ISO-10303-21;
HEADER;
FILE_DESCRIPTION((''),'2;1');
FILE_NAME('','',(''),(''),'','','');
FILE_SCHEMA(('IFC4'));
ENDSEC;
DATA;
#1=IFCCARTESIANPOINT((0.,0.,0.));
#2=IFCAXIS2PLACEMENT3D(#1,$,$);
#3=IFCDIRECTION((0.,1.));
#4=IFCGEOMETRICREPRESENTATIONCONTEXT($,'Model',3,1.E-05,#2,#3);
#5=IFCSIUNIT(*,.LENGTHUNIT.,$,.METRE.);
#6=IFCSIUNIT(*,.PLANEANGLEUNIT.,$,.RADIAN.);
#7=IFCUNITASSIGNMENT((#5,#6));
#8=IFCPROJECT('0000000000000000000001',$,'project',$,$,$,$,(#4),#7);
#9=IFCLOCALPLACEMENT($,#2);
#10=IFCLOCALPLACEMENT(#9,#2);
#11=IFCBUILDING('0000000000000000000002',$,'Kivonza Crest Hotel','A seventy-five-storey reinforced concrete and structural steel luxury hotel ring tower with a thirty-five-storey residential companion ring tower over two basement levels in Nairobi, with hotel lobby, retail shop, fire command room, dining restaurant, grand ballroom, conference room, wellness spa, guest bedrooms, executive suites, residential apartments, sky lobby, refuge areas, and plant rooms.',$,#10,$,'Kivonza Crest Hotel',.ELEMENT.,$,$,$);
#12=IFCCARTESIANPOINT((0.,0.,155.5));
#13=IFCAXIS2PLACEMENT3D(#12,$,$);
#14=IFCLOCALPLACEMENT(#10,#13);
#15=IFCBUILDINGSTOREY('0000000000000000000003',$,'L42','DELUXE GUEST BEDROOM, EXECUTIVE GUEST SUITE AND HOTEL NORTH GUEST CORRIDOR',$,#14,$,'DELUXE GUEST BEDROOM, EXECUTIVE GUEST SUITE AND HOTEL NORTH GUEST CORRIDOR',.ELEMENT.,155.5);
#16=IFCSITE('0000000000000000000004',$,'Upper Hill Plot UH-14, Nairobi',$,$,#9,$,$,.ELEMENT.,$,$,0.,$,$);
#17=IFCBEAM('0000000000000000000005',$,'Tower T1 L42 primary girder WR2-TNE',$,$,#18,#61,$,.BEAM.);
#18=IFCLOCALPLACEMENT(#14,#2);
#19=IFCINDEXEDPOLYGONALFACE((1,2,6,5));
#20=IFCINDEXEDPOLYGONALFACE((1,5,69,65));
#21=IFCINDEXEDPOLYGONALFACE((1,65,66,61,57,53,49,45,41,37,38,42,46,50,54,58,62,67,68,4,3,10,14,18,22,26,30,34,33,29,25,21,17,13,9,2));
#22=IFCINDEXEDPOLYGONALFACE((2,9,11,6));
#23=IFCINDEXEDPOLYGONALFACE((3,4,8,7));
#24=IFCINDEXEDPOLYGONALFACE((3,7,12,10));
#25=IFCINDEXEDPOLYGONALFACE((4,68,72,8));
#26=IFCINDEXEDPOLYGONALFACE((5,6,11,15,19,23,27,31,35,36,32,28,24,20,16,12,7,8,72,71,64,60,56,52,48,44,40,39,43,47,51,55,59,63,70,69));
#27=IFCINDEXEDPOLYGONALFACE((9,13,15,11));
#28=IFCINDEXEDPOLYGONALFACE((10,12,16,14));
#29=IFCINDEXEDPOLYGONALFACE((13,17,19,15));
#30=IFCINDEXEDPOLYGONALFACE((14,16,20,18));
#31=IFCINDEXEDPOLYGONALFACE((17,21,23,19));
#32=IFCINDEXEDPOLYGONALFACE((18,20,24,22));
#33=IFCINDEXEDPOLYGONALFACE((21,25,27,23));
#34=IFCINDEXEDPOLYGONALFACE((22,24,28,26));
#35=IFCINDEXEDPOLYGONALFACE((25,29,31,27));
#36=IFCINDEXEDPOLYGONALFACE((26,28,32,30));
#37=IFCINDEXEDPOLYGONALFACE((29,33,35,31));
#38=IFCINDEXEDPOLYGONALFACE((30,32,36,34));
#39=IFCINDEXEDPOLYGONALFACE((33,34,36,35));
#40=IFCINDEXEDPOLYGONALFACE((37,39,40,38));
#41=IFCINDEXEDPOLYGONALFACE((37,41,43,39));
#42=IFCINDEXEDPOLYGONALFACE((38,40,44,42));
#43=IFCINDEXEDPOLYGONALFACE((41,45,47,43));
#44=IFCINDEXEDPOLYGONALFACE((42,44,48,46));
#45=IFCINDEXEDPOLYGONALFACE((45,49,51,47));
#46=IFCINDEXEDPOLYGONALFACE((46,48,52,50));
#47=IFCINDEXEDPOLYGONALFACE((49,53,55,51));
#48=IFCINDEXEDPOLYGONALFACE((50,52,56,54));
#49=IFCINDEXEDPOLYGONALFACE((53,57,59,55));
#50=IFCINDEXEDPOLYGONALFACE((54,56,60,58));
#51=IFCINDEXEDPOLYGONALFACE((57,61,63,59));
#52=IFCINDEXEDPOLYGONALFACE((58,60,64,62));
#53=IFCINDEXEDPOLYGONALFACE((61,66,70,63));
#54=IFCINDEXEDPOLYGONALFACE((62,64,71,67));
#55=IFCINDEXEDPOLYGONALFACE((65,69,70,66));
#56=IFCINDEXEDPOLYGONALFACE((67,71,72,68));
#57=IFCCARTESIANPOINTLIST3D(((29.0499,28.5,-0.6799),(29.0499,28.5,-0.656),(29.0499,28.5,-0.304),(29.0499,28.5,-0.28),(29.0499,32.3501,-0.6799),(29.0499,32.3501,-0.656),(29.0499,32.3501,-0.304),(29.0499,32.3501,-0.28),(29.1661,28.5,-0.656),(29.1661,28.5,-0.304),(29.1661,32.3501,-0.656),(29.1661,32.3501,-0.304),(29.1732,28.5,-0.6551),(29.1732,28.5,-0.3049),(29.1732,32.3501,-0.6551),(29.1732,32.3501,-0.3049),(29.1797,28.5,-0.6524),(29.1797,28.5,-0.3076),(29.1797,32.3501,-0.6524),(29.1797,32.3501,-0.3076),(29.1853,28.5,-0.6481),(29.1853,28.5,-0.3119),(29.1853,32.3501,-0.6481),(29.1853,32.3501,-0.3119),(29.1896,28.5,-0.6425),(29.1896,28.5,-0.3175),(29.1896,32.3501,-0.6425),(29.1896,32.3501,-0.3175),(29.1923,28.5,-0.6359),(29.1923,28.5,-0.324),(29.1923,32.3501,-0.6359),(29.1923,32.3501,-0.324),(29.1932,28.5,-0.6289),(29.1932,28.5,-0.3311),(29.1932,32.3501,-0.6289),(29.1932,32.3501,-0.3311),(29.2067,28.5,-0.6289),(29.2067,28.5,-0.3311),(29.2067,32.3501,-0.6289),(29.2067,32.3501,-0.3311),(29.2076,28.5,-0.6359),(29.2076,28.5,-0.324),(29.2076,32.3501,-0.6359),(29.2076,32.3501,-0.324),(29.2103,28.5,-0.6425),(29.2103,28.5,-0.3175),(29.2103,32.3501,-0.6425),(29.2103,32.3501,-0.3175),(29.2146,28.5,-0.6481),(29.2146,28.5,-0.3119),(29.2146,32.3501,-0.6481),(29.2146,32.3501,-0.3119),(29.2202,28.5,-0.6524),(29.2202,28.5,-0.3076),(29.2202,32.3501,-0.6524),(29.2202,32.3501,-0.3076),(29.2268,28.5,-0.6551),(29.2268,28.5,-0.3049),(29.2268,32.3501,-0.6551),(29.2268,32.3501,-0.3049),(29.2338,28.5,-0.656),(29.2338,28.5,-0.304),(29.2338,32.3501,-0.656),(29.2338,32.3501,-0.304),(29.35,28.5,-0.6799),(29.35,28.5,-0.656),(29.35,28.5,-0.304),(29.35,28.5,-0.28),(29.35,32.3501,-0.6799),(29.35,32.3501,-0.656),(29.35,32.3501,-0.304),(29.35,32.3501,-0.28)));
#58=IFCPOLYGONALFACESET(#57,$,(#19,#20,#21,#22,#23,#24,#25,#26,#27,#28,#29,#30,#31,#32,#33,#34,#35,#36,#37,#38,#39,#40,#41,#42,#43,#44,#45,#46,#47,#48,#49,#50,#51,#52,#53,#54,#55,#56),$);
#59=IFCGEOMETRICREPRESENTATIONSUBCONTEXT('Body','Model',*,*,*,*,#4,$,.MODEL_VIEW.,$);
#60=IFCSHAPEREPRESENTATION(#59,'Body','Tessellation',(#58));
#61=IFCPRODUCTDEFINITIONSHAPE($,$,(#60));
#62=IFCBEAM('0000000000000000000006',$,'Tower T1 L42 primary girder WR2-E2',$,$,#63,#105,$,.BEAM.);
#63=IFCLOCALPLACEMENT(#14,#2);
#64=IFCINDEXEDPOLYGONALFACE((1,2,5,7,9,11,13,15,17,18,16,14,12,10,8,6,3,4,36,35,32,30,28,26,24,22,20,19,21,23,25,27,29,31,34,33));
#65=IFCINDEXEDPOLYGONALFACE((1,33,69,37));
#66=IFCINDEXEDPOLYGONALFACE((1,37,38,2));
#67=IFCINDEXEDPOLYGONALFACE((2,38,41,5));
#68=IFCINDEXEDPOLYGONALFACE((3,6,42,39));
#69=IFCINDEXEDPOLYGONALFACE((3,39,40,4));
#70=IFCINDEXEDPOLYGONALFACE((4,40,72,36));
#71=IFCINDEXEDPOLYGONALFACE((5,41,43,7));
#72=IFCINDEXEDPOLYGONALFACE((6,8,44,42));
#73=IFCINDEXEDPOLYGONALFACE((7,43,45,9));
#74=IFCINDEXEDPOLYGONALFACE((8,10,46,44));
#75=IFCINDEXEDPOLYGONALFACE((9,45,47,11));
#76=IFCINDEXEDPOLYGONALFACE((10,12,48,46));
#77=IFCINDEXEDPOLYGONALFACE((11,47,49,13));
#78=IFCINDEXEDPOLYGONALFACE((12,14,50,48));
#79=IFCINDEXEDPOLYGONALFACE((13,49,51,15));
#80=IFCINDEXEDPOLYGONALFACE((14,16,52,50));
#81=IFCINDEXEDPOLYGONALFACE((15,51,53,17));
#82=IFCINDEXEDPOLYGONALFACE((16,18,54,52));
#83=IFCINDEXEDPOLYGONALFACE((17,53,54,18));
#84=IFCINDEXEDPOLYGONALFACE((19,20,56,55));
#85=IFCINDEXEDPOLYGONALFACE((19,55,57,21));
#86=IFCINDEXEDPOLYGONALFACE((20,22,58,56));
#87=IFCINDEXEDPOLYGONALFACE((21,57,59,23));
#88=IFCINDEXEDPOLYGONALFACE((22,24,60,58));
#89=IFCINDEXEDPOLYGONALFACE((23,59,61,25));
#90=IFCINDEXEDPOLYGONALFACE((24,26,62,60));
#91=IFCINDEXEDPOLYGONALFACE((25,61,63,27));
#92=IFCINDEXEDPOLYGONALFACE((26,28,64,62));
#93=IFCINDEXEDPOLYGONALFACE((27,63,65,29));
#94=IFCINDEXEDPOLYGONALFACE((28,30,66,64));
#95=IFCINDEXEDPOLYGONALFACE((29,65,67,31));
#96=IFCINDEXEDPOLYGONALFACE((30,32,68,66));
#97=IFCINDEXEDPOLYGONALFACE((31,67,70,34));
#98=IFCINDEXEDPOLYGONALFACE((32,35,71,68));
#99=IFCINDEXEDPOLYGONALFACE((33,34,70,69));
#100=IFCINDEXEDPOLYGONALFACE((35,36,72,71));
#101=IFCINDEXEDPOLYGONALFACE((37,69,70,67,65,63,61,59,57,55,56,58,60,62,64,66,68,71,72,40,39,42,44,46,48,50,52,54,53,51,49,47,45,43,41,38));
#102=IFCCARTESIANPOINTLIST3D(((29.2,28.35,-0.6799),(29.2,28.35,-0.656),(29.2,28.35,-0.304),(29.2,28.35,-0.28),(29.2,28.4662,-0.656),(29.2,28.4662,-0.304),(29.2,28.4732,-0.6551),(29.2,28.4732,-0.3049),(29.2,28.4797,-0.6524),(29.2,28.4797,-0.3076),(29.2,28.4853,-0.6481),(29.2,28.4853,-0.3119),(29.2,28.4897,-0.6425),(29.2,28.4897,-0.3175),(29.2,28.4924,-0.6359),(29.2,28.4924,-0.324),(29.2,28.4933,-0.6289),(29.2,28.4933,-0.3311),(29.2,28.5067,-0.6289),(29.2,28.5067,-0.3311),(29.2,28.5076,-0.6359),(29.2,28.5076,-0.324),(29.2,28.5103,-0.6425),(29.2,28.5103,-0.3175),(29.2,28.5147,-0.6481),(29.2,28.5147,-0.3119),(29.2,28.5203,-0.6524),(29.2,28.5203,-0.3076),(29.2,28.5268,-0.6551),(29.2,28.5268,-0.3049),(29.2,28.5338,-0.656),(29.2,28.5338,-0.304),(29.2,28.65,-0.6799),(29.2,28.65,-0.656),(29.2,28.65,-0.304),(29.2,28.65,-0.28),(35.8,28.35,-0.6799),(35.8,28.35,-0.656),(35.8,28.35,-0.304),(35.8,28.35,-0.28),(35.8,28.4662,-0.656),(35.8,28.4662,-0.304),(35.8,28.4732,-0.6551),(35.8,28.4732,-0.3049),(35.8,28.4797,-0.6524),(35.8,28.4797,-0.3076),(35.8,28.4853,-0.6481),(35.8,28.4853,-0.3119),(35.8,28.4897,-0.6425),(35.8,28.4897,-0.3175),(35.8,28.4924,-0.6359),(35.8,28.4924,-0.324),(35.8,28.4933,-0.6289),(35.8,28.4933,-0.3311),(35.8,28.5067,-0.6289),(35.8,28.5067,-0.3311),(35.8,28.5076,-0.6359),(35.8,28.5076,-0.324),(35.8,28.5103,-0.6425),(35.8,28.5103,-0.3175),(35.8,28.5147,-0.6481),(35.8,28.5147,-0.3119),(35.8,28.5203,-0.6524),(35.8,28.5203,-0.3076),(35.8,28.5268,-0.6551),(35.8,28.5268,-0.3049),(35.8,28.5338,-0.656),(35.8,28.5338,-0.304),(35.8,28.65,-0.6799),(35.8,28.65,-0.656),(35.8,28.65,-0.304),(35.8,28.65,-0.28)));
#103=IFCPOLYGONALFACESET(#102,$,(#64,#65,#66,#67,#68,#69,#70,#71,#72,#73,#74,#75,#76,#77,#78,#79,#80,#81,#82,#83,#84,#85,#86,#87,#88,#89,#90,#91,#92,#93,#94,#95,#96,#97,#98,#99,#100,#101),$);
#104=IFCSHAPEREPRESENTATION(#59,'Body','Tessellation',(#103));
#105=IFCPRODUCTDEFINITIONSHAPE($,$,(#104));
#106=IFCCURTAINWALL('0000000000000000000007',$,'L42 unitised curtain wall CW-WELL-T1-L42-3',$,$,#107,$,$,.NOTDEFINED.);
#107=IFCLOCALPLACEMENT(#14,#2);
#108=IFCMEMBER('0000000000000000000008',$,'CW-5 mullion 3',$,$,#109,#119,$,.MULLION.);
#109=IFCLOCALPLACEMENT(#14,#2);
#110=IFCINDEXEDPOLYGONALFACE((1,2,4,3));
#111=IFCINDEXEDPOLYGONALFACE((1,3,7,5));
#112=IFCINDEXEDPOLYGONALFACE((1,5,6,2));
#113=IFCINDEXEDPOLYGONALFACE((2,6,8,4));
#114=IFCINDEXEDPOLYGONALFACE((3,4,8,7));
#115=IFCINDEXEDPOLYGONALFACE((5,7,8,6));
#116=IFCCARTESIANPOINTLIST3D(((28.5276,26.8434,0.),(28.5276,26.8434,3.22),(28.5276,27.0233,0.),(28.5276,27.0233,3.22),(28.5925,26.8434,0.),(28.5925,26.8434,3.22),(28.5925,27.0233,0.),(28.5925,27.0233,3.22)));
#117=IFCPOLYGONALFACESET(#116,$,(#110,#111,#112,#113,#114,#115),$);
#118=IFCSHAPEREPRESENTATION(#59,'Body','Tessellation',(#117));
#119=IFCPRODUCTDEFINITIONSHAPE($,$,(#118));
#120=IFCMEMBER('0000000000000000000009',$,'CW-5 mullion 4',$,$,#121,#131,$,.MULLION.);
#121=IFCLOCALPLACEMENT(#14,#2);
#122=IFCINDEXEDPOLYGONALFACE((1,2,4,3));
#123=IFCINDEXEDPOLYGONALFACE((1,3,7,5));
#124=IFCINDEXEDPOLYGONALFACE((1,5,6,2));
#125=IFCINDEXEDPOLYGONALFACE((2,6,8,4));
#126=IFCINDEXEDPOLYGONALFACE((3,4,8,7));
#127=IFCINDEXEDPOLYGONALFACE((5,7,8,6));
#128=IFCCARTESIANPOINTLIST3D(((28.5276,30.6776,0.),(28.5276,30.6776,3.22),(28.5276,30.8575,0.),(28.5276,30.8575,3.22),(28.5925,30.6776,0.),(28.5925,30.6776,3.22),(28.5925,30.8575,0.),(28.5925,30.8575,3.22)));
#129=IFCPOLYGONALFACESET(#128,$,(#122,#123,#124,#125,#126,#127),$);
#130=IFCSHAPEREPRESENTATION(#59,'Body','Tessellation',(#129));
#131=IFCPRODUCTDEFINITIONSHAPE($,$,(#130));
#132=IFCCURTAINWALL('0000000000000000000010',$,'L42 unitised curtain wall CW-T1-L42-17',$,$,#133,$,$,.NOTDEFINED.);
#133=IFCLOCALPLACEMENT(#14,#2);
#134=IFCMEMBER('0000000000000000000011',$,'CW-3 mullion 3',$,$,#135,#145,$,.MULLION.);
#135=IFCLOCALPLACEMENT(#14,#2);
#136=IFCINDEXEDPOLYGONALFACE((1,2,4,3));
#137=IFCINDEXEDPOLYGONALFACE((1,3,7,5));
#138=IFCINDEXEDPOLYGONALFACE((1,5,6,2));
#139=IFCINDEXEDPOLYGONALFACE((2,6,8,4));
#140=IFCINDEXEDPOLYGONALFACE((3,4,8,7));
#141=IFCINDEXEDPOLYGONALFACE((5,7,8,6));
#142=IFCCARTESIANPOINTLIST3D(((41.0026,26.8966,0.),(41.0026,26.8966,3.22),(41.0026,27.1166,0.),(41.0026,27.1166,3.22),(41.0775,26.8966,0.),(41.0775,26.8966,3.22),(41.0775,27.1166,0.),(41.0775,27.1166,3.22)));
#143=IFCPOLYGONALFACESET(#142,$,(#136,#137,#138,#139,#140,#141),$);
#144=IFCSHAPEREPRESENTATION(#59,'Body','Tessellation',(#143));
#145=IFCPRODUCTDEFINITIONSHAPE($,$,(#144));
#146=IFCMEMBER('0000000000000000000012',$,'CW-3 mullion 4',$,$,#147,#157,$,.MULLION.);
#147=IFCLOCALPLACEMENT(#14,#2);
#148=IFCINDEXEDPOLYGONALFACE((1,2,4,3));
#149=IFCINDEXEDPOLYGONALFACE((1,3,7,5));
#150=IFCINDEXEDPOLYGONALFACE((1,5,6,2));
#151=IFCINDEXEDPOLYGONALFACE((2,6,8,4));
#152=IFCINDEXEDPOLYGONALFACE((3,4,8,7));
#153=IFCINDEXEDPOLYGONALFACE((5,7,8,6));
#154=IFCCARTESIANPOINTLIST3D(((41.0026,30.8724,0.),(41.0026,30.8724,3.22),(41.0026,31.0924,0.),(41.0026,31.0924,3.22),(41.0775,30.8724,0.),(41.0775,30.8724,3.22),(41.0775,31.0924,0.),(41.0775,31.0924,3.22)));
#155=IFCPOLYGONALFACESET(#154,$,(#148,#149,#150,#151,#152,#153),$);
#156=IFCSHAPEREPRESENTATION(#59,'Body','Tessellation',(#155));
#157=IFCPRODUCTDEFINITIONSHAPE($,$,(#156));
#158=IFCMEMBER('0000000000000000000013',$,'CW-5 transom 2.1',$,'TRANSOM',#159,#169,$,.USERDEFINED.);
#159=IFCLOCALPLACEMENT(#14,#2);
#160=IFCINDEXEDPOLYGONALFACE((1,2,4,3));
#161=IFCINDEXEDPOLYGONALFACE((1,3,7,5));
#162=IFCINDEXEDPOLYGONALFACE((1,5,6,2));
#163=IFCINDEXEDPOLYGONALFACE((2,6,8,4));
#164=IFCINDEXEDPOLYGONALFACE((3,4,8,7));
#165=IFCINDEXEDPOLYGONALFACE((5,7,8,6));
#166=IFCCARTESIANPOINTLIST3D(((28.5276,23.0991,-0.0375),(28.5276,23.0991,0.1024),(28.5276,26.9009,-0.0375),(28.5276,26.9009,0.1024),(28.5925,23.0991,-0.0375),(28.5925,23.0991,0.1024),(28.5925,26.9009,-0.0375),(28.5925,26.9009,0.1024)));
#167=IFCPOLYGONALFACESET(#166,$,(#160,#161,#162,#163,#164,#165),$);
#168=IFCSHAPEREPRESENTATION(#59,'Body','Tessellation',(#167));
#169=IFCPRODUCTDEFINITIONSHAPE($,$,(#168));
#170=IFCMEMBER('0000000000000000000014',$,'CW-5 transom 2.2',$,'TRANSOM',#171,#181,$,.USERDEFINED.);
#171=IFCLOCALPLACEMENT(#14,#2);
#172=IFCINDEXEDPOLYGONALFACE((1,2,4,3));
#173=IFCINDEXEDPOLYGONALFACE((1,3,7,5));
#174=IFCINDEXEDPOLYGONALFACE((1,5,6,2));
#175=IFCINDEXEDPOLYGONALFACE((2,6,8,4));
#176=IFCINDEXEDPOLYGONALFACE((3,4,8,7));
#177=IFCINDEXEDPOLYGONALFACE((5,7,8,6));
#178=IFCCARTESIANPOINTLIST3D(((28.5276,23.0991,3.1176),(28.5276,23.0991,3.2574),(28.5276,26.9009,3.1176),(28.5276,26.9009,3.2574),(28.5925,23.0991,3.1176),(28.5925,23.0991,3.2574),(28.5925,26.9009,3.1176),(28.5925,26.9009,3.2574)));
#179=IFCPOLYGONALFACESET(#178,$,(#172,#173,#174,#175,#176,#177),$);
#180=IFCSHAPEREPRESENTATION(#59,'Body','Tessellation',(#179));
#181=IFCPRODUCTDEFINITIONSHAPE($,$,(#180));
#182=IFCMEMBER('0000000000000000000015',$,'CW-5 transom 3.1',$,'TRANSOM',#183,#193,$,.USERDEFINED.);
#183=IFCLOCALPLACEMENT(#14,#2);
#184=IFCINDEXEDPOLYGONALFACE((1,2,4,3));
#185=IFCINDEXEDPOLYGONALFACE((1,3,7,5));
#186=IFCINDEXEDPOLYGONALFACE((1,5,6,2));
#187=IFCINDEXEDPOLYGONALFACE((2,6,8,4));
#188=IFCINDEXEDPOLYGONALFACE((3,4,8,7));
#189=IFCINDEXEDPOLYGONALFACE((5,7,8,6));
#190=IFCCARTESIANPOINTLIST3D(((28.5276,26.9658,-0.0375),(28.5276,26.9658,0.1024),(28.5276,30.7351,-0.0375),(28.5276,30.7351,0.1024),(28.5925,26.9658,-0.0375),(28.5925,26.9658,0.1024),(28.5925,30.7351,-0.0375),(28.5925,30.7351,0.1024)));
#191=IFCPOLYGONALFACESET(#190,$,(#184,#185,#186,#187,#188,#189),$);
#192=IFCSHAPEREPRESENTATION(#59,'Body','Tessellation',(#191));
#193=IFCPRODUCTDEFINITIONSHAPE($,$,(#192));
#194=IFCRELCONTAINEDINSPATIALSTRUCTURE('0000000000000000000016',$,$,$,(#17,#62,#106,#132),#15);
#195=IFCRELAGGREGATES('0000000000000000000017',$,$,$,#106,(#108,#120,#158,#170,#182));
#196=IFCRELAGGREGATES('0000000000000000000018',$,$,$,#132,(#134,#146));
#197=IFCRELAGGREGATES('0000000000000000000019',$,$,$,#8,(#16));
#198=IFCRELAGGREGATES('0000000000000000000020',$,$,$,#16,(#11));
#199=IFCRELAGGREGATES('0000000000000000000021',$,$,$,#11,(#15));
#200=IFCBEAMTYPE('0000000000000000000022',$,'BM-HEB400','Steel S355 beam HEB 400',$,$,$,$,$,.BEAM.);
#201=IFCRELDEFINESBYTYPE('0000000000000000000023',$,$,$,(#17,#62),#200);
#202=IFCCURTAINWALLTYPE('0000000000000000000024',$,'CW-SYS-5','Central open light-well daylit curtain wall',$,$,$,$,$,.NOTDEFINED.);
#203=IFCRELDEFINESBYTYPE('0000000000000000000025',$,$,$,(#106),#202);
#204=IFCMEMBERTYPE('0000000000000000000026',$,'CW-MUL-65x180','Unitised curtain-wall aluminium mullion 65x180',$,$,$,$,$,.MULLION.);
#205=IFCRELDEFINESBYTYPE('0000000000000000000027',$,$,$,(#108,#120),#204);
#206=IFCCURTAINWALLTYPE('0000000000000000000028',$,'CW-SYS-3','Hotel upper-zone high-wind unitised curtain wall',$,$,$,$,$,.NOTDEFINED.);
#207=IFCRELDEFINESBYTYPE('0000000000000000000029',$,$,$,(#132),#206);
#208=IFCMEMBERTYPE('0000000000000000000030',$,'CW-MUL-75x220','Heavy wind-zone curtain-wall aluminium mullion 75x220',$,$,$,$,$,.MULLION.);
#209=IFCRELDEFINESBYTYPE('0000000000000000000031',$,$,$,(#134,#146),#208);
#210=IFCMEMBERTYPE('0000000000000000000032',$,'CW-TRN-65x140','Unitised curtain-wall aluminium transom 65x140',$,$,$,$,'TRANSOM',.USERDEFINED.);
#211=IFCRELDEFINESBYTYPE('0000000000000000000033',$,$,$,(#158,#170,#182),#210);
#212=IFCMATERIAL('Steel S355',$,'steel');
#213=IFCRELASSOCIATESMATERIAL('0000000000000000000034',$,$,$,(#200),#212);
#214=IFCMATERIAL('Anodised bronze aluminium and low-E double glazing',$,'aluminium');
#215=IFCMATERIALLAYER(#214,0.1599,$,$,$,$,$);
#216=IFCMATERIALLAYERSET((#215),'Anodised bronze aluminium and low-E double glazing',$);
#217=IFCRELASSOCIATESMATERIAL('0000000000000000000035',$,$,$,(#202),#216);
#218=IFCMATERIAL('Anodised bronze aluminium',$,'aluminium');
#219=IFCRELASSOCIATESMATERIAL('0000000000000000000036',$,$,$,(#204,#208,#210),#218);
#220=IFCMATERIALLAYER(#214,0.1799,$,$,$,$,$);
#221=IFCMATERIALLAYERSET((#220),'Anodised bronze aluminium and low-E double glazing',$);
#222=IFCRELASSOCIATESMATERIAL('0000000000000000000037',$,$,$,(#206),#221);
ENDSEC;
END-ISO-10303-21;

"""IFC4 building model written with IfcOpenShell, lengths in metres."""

from ifc_helpers import new_model, si_unit, direction, frame, origin, origin_2d, place, context, subcontext, project, spatial, rectangle, i_section, extrude, material, layer, layer_set, material_profile, profile_set, type_object, element, aggregate, save


model = new_model("IFC4")

# Units and contexts
model_context = context("Model", 3, precision=1e-05, world=origin(), true_north=direction((0.0, 1.0)))
body_context = subcontext(model_context, "Body", "Model", "MODEL_VIEW")
ifc_project = project(units=[si_unit("LENGTHUNIT", "METRE"), si_unit("PLANEANGLEUNIT", "RADIAN")], contexts=[model_context])

# Site, building, storey
site_placement = place(None, origin())
site = spatial("IfcSite", under=ifc_project, at=site_placement, Name="Upper Hill Plot UH-14, Nairobi", CompositionType="ELEMENT", RefElevation=0.0)
building_placement = place(site_placement, origin())
building = spatial("IfcBuilding", under=site, at=building_placement, Name="Kivonza Crest Hotel", Description="A seventy-five-storey reinforced concrete and structural steel luxury hotel ring tower with a thirty-five-storey residential companion ring tower over two basement levels in Nairobi, with hotel lobby, retail shop, fire command room, dining restaurant, grand ballroom, conference room, wellness spa, guest bedrooms, executive suites, residential apartments, sky lobby, refuge areas, and plant rooms.", LongName="Kivonza Crest Hotel", CompositionType="ELEMENT")
storey_placement = place(building_placement, frame((0.0, 0.0, 155.5)))
storey = spatial("IfcBuildingStorey", under=building, at=storey_placement, Name="L42", Description="DELUXE GUEST BEDROOM, EXECUTIVE GUEST SUITE AND HOTEL NORTH GUEST CORRIDOR", LongName="DELUXE GUEST BEDROOM, EXECUTIVE GUEST SUITE AND HOTEL NORTH GUEST CORRIDOR", CompositionType="ELEMENT", Elevation=155.5)

# Beams
ifc_material_1 = material(Name="Steel S355", Category="steel")
ifc_material_profile_1 = material_profile(ifc_material_1, i_section(OverallWidth=0.3, OverallDepth=0.3999, WebThickness=0.0134, FlangeThickness=0.0239, FilletRadius=0.0271, at=origin_2d()), Name="HEB 400")
ifc_profile_set_1 = profile_set([ifc_material_profile_1], Name="Steel S355")
beam_type_1 = type_object("IfcBeamType", Name="BM-HEB400", Description="Steel S355 beam HEB 400", PredefinedType="BEAM", material=ifc_profile_set_1)
beam_1_placement = place(storey_placement, frame((29.2, 28.5, -0.48), z_axis=(0.0, 1.0, 0.0), x_axis=(-1.0, 0.0, 0.0)))
element("IfcBeam", 1, at=beam_1_placement, inside=storey, type_object=beam_type_1, Name="Tower T1 L42 primary girder WR2-TNE", PredefinedType="BEAM", context=body_context, shape_type="SweptSolid", body=[
    extrude(i_section(OverallWidth=0.3, OverallDepth=0.3999, WebThickness=0.0134, FlangeThickness=0.0239, FilletRadius=0.0271, at=origin_2d()), origin(), (0.0, 0.0, 1.0), 3.8501),
])
beam_2_placement = place(storey_placement, frame((29.2, 28.5, -0.48), z_axis=(1.0, 0.0, 0.0), x_axis=(0.0, 1.0, 0.0)))
element("IfcBeam", 2, at=beam_2_placement, inside=storey, type_object=beam_type_1, Name="Tower T1 L42 primary girder WR2-E2", PredefinedType="BEAM", context=body_context, shape_type="SweptSolid", body=[
    extrude(i_section(OverallWidth=0.3, OverallDepth=0.3999, WebThickness=0.0134, FlangeThickness=0.0239, FilletRadius=0.0271, at=origin_2d()), origin(), (0.0, 0.0, 1.0), 6.6001),
])

# Curtain walls, members
ifc_material_2 = material(Name="Anodised bronze aluminium and low-E double glazing", Category="aluminium")
ifc_layer_1 = layer(ifc_material_2, 0.1599)
ifc_layer_set_1 = layer_set([ifc_layer_1], Name="Anodised bronze aluminium and low-E double glazing")
curtain_wall_type_1 = type_object("IfcCurtainWallType", Name="CW-SYS-5", Description="Central open light-well daylit curtain wall", PredefinedType="NOTDEFINED", material=ifc_layer_set_1)
curtain_wall_1_placement = place(storey_placement, origin())
curtain_wall_1 = element("IfcCurtainWall", 3, at=curtain_wall_1_placement, inside=storey, type_object=curtain_wall_type_1, Name="L42 unitised curtain wall CW-WELL-T1-L42-3", PredefinedType="NOTDEFINED")
ifc_material_3 = material(Name="Anodised bronze aluminium", Category="aluminium")
ifc_material_profile_2 = material_profile(ifc_material_3, rectangle(XDim=0.0649, YDim=0.1799, at=origin_2d()), Name="CW-M 65x180")
ifc_profile_set_2 = profile_set([ifc_material_profile_2], Name="Anodised bronze aluminium")
member_type_1 = type_object("IfcMemberType", Name="CW-MUL-65x180", Description="Unitised curtain-wall aluminium mullion 65x180", PredefinedType="MULLION", material=ifc_profile_set_2)
member_1_placement = place(storey_placement, frame((28.5601, 26.9333, 0.0), z_axis=(0.0, 0.0, 1.0), x_axis=(-1.0, 0.0, 0.0)))
member_1 = element("IfcMember", 4, at=member_1_placement, type_object=member_type_1, Name="CW-5 mullion 3", PredefinedType="MULLION", context=body_context, shape_type="SweptSolid", body=[
    extrude(rectangle(XDim=0.0649, YDim=0.1799, at=origin_2d()), origin(), (0.0, 0.0, 1.0), 3.22),
])
member_2_placement = place(storey_placement, frame((28.5601, 30.7676, 0.0), z_axis=(0.0, 0.0, 1.0), x_axis=(-1.0, 0.0, 0.0)))
member_2 = element("IfcMember", 5, at=member_2_placement, type_object=member_type_1, Name="CW-5 mullion 4", PredefinedType="MULLION", context=body_context, shape_type="SweptSolid", body=[
    extrude(rectangle(XDim=0.0649, YDim=0.1799, at=origin_2d()), origin(), (0.0, 0.0, 1.0), 3.22),
])
ifc_layer_2 = layer(ifc_material_2, 0.1799)
ifc_layer_set_2 = layer_set([ifc_layer_2], Name="Anodised bronze aluminium and low-E double glazing")
curtain_wall_type_2 = type_object("IfcCurtainWallType", Name="CW-SYS-3", Description="Hotel upper-zone high-wind unitised curtain wall", PredefinedType="NOTDEFINED", material=ifc_layer_set_2)
curtain_wall_2_placement = place(storey_placement, origin())
curtain_wall_2 = element("IfcCurtainWall", 6, at=curtain_wall_2_placement, inside=storey, type_object=curtain_wall_type_2, Name="L42 unitised curtain wall CW-T1-L42-17", PredefinedType="NOTDEFINED")
ifc_material_profile_3 = material_profile(ifc_material_3, rectangle(XDim=0.075, YDim=0.22, at=origin_2d()), Name="CW-M 75x220")
ifc_profile_set_3 = profile_set([ifc_material_profile_3], Name="Anodised bronze aluminium")
member_type_2 = type_object("IfcMemberType", Name="CW-MUL-75x220", Description="Heavy wind-zone curtain-wall aluminium mullion 75x220", PredefinedType="MULLION", material=ifc_profile_set_3)
member_3_placement = place(storey_placement, frame((41.04, 27.0066, 0.0), z_axis=(0.0, 0.0, 1.0), x_axis=(-1.0, 0.0, 0.0)))
member_3 = element("IfcMember", 7, at=member_3_placement, type_object=member_type_2, Name="CW-3 mullion 3", PredefinedType="MULLION", context=body_context, shape_type="SweptSolid", body=[
    extrude(rectangle(XDim=0.075, YDim=0.22, at=origin_2d()), origin(), (0.0, 0.0, 1.0), 3.22),
])
member_4_placement = place(storey_placement, frame((41.04, 30.9824, 0.0), z_axis=(0.0, 0.0, 1.0), x_axis=(-1.0, 0.0, 0.0)))
member_4 = element("IfcMember", 8, at=member_4_placement, type_object=member_type_2, Name="CW-3 mullion 4", PredefinedType="MULLION", context=body_context, shape_type="SweptSolid", body=[
    extrude(rectangle(XDim=0.075, YDim=0.22, at=origin_2d()), origin(), (0.0, 0.0, 1.0), 3.22),
])

# Members
ifc_material_profile_4 = material_profile(ifc_material_3, rectangle(XDim=0.0649, YDim=0.1399, at=origin_2d()), Name="CW-T 65x140")
ifc_profile_set_4 = profile_set([ifc_material_profile_4], Name="Anodised bronze aluminium")
member_type_3 = type_object("IfcMemberType", Name="CW-TRN-65x140", Description="Unitised curtain-wall aluminium transom 65x140", ElementType="TRANSOM", PredefinedType="USERDEFINED", material=ifc_profile_set_4)
member_5_placement = place(storey_placement, frame((28.5601, 23.0991, 0.0325), z_axis=(0.0, 1.0, 0.0), x_axis=(-1.0, 0.0, 0.0)))
member_5 = element("IfcMember", 9, at=member_5_placement, type_object=member_type_3, Name="CW-5 transom 2.1", ObjectType="TRANSOM", PredefinedType="USERDEFINED", context=body_context, shape_type="SweptSolid", body=[
    extrude(rectangle(XDim=0.0649, YDim=0.1399, at=origin_2d()), origin(), (0.0, 0.0, 1.0), 3.8018),
])
member_6_placement = place(storey_placement, frame((28.5601, 23.0991, 3.1875), z_axis=(0.0, 1.0, 0.0), x_axis=(-1.0, 0.0, 0.0)))
member_6 = element("IfcMember", 10, at=member_6_placement, type_object=member_type_3, Name="CW-5 transom 2.2", ObjectType="TRANSOM", PredefinedType="USERDEFINED", context=body_context, shape_type="SweptSolid", body=[
    extrude(rectangle(XDim=0.0649, YDim=0.1399, at=origin_2d()), origin(), (0.0, 0.0, 1.0), 3.8018),
])
member_7_placement = place(storey_placement, frame((28.5601, 26.9658, 0.0325), z_axis=(0.0, 1.0, 0.0), x_axis=(-1.0, 0.0, 0.0)))
member_7 = element("IfcMember", 11, at=member_7_placement, type_object=member_type_3, Name="CW-5 transom 3.1", ObjectType="TRANSOM", PredefinedType="USERDEFINED", context=body_context, shape_type="SweptSolid", body=[
    extrude(rectangle(XDim=0.0649, YDim=0.1399, at=origin_2d()), origin(), (0.0, 0.0, 1.0), 3.7693),
])

aggregate(curtain_wall_1, [member_1, member_2, member_5, member_6, member_7])
aggregate(curtain_wall_2, [member_3, member_4])

save(model, "model.ifc")
